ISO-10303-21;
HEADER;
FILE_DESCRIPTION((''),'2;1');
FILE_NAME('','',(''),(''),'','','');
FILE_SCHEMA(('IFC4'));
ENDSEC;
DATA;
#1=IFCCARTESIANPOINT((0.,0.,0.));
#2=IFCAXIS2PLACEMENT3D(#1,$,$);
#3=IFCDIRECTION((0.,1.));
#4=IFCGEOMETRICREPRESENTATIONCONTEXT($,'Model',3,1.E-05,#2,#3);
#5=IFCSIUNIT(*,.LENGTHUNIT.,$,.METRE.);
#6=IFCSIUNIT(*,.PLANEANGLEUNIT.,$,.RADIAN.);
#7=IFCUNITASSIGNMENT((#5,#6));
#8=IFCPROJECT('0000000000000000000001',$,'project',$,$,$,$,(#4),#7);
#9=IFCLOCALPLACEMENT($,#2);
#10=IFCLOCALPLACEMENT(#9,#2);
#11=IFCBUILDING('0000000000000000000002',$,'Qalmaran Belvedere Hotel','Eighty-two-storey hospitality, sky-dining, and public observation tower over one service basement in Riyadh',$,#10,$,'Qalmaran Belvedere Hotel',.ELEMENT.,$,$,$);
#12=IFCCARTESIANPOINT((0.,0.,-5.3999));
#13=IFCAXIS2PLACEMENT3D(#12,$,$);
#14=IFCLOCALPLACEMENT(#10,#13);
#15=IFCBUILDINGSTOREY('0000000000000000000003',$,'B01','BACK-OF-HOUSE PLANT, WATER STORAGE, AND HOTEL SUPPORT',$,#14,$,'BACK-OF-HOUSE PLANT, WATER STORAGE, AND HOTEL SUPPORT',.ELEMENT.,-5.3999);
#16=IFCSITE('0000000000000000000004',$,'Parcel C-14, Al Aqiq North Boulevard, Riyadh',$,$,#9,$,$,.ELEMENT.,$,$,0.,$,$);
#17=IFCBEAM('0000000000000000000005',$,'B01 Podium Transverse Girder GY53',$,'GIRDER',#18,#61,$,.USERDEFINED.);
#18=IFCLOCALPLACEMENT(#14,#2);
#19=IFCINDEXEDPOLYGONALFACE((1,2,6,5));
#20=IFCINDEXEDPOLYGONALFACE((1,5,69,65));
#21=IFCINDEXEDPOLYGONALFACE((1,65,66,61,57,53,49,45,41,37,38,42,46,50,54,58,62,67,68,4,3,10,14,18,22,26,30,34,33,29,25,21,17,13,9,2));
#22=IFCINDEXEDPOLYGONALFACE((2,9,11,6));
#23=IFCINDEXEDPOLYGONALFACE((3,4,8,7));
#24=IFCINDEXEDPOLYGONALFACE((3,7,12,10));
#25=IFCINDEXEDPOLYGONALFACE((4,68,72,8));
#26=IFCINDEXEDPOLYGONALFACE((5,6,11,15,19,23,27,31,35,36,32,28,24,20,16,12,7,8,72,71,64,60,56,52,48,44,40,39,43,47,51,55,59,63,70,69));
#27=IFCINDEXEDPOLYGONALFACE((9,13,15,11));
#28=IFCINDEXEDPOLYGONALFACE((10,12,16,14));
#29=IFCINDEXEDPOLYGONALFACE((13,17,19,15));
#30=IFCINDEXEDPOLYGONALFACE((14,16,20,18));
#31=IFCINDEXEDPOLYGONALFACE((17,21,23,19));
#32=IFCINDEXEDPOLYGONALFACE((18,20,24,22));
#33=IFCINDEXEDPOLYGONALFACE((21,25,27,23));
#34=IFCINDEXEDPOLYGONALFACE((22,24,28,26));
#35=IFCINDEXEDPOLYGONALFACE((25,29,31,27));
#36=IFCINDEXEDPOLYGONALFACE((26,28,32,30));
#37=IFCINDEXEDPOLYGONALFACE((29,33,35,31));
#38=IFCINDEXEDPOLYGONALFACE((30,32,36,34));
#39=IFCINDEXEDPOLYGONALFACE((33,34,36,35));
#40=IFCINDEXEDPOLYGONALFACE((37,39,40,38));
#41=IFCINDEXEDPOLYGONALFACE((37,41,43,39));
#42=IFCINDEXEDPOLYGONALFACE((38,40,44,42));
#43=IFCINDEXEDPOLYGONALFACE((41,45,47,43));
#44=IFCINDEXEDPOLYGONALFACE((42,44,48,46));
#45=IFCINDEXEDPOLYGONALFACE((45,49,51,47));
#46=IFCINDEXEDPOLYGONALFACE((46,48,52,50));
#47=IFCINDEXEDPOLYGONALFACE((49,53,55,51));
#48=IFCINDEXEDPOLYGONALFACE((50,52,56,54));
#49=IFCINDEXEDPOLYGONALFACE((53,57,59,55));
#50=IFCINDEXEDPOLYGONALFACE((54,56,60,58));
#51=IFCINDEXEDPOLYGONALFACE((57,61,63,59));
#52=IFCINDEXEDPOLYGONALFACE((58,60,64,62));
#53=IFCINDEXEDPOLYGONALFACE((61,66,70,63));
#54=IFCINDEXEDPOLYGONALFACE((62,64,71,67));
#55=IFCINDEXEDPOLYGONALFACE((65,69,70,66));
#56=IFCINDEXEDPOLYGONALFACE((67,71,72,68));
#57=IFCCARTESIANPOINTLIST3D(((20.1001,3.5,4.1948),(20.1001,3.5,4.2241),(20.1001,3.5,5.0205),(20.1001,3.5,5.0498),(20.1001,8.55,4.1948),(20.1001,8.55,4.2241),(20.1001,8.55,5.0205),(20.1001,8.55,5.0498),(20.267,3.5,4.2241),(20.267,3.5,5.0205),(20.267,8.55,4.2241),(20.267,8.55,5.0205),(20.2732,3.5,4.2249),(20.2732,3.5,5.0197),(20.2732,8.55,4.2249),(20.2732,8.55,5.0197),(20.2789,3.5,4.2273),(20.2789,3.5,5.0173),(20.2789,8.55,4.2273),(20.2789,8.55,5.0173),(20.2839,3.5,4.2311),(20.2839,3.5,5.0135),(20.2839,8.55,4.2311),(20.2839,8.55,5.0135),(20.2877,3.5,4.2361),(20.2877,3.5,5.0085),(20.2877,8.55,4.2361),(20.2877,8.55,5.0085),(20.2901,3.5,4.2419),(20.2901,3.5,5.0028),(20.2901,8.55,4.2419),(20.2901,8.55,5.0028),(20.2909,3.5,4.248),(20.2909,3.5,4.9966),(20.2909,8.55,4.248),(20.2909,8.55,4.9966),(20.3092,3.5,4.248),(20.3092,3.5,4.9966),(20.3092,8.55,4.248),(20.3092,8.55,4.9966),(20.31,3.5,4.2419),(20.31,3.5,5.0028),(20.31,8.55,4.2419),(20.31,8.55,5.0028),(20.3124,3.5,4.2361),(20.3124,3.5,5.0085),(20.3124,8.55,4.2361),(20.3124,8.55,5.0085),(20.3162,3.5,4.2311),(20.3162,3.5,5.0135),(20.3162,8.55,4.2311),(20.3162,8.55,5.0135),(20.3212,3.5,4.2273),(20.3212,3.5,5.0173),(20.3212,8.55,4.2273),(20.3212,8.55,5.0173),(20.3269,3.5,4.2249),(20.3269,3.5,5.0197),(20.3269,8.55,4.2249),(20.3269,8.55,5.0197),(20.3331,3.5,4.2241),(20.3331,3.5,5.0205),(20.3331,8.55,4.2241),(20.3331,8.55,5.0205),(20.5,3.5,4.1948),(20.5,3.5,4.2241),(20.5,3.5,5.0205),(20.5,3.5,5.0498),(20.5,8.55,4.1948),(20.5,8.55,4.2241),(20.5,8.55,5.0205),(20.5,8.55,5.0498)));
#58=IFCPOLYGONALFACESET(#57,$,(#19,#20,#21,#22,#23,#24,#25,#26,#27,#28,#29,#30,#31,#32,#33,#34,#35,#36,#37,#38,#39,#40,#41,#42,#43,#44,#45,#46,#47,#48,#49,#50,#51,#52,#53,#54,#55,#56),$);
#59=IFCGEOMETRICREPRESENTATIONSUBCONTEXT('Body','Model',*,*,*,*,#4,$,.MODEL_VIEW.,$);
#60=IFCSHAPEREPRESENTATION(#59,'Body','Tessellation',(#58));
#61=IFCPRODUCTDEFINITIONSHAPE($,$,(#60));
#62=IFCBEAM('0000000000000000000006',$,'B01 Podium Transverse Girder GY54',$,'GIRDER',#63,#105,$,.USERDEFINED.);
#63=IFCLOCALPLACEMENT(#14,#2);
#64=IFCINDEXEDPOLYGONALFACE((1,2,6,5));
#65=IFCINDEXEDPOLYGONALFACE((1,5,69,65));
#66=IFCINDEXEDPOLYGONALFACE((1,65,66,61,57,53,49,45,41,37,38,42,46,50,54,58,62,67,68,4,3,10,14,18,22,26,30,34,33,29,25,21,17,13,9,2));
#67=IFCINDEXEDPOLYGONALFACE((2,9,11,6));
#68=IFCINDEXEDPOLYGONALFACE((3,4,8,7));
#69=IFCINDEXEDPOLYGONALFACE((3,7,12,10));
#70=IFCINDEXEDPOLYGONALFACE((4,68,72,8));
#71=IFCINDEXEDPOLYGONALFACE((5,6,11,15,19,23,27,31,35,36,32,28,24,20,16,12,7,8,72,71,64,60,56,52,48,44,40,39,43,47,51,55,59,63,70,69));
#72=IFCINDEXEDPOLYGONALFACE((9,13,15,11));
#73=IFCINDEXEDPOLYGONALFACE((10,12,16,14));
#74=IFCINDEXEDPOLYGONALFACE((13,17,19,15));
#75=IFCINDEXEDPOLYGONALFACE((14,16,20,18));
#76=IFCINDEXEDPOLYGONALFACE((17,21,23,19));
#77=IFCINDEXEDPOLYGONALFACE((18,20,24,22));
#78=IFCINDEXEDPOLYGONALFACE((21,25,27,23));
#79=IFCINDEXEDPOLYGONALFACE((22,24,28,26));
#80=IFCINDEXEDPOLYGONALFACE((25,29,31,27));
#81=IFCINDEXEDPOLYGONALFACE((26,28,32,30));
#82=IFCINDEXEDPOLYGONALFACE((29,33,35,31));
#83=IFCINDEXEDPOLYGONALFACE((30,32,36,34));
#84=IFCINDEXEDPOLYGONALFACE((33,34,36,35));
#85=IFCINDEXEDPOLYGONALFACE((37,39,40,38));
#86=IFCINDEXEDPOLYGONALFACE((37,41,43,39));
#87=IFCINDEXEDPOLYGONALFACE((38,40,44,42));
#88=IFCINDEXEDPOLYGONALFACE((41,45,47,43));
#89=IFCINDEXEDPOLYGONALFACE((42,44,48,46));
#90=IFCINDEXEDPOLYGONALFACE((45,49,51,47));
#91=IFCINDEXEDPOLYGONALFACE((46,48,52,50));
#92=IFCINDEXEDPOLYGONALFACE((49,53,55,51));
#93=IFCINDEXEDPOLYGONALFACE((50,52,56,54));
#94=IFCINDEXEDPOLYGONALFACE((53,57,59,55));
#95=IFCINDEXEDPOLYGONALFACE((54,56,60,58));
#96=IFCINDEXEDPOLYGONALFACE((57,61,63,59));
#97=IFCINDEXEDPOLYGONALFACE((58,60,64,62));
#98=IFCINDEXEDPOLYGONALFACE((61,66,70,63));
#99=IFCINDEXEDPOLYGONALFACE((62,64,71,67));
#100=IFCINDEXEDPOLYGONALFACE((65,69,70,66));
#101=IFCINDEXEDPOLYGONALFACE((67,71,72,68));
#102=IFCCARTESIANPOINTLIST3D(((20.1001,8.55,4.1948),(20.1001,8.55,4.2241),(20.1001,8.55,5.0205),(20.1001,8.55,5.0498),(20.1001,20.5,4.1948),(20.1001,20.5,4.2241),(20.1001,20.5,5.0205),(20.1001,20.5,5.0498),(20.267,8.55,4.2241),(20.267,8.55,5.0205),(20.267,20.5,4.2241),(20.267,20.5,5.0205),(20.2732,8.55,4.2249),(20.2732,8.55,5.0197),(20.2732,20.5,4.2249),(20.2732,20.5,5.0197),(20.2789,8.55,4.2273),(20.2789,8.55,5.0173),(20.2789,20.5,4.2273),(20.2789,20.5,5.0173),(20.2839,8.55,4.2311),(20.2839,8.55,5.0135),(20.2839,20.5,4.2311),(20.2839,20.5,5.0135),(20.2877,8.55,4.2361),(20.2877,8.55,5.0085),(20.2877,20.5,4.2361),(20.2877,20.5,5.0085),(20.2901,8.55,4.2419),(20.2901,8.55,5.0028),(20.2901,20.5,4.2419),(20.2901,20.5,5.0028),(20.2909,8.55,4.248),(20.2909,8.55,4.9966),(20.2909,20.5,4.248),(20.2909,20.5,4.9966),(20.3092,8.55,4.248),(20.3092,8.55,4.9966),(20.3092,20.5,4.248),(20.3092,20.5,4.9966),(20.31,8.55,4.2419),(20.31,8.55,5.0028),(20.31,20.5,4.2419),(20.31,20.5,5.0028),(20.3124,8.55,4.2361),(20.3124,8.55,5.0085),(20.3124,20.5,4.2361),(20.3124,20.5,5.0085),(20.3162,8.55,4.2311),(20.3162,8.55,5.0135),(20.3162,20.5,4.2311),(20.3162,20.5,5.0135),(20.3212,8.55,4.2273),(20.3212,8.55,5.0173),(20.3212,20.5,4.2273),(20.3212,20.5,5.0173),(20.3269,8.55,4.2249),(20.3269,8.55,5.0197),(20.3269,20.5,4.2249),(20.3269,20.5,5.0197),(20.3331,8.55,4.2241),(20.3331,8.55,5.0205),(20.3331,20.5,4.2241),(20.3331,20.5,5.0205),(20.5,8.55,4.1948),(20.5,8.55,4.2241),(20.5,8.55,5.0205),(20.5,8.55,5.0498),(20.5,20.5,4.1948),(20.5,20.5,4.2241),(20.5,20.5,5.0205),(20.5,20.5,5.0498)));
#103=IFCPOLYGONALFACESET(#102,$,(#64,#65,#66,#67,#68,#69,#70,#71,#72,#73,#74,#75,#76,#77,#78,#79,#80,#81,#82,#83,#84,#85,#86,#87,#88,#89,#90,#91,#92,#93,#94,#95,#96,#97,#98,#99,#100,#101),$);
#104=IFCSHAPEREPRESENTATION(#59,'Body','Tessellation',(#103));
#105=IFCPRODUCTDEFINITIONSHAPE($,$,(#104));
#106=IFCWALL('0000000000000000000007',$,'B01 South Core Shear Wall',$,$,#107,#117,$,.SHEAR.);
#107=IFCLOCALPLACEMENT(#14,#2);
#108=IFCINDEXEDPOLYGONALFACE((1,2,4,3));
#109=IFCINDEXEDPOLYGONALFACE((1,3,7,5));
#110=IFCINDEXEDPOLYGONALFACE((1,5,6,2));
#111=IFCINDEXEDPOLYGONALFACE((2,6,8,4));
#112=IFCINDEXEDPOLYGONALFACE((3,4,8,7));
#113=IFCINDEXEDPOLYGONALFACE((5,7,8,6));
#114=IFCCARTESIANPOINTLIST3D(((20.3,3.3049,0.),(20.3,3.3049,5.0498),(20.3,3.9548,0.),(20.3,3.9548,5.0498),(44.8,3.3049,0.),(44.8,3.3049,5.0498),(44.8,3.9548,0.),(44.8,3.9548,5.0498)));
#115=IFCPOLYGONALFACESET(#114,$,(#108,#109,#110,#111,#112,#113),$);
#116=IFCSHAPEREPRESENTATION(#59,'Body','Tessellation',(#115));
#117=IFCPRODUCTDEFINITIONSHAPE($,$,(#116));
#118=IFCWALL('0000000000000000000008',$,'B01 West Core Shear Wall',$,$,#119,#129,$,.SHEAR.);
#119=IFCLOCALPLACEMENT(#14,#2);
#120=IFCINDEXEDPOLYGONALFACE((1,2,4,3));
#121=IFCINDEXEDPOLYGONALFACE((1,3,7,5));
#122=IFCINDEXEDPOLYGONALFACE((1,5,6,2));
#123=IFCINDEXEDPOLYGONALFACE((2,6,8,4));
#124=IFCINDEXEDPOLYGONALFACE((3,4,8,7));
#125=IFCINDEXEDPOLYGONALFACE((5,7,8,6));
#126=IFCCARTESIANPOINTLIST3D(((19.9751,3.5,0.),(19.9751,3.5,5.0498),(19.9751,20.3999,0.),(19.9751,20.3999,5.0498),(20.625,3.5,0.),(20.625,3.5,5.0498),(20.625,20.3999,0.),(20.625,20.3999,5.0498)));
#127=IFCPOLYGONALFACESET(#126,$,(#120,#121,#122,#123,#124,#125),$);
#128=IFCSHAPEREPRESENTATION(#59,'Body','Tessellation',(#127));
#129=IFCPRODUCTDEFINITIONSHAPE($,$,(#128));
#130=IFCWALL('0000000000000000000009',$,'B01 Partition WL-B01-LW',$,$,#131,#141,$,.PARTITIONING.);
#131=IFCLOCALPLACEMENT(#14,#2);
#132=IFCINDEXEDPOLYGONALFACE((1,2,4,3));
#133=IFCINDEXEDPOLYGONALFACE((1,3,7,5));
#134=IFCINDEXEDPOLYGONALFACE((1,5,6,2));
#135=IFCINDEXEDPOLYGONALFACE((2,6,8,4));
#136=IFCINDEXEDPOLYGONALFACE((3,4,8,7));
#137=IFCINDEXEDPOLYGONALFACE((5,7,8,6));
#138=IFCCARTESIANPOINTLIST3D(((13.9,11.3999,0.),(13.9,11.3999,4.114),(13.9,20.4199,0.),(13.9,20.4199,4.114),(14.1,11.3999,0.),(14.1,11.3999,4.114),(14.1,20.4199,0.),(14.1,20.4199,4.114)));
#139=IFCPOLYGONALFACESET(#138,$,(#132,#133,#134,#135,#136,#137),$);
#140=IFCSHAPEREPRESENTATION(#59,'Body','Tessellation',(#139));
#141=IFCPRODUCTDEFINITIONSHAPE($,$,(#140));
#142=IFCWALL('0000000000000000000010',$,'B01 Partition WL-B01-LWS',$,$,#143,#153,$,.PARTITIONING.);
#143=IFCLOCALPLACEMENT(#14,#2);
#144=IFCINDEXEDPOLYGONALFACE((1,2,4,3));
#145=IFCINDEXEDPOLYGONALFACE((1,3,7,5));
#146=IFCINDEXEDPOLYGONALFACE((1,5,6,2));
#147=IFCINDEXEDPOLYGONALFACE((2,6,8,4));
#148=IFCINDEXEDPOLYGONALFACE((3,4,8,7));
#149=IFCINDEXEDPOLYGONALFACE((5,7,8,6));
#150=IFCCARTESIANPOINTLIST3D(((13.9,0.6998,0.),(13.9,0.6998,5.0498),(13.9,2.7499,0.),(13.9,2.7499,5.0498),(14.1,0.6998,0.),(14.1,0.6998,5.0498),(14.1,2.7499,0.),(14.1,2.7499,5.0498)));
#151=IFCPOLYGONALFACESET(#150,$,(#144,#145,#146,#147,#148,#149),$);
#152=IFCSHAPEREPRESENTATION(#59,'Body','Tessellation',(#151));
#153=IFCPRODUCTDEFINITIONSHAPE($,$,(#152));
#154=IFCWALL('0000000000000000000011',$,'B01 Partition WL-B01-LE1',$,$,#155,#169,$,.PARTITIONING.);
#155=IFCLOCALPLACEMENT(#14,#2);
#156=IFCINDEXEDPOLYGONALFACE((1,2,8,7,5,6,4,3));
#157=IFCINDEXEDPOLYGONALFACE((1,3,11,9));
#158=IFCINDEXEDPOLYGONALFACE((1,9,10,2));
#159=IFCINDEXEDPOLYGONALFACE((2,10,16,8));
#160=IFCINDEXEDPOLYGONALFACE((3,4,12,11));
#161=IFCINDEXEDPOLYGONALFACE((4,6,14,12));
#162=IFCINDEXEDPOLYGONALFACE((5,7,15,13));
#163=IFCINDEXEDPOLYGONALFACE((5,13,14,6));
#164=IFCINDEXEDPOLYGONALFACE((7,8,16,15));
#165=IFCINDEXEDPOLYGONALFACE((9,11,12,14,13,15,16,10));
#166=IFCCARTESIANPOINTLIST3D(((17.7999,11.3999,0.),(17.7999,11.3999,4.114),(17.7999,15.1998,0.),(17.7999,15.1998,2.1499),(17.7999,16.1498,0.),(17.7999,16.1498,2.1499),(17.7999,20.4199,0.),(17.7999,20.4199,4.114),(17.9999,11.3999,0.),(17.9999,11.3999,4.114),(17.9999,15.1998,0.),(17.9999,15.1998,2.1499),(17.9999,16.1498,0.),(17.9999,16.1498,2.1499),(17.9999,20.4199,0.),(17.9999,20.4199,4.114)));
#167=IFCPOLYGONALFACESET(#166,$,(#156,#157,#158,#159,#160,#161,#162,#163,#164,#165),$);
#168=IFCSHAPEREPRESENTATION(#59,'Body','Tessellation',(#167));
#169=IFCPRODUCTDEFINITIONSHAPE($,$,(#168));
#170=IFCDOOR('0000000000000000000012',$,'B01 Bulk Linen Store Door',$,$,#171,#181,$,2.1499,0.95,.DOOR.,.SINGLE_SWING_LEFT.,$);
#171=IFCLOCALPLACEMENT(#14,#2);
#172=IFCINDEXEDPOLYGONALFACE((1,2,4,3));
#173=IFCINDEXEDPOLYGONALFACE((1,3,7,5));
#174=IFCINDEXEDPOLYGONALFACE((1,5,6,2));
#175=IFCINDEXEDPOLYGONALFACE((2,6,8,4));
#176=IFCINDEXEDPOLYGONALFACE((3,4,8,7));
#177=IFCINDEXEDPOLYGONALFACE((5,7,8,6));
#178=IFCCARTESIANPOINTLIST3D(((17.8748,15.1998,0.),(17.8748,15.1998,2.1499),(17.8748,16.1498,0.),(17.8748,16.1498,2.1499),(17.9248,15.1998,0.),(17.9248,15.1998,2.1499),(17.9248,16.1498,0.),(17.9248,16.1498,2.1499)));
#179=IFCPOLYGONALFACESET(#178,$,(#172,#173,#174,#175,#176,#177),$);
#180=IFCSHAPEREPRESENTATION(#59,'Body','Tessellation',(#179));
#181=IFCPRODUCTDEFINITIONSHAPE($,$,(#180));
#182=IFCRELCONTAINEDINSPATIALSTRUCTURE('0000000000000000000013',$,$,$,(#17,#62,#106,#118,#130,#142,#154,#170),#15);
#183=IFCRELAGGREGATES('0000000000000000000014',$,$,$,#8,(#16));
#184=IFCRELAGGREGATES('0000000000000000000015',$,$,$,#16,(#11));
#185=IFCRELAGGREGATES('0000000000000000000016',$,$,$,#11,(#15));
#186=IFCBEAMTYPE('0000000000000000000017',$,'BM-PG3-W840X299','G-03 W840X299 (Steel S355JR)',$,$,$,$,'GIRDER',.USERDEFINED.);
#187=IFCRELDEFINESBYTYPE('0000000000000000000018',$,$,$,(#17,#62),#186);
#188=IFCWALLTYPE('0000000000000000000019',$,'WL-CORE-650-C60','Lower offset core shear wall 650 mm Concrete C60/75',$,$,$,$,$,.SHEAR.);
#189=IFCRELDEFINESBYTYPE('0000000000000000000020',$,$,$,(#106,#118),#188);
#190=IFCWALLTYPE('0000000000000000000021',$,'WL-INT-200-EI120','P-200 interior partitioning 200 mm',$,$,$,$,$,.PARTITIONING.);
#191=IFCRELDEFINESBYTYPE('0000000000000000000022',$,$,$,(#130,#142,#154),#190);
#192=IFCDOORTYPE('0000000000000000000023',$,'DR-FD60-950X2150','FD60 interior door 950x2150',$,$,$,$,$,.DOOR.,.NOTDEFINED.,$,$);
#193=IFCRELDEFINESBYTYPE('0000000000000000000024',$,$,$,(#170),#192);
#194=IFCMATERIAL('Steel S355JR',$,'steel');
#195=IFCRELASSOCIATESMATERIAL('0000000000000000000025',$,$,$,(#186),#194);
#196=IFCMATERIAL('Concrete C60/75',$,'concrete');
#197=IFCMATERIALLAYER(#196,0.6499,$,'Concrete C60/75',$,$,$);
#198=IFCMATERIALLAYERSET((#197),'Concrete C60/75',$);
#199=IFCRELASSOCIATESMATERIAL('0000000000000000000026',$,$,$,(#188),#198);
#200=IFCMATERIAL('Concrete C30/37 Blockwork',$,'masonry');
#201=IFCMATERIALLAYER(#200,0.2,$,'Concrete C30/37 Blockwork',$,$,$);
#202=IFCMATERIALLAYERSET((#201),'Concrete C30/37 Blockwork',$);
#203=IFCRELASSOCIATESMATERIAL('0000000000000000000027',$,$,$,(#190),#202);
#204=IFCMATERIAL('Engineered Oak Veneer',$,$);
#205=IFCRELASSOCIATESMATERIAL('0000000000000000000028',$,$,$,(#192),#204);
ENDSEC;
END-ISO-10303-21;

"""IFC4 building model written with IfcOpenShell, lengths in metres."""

from ifc_helpers import new_model, si_unit, direction, frame, frame_2d, origin, origin_2d, place, context, subcontext, project, spatial, rectangle, i_section, extrude, material, layer, layer_set, material_profile, profile_set, type_object, element, fill, save


model = new_model("IFC4")

# Units and contexts
model_context = context("Model", 3, precision=1e-05, world=origin(), true_north=direction((0.0, 1.0)))
body_context = subcontext(model_context, "Body", "Model", "MODEL_VIEW")
ifc_project = project(units=[si_unit("LENGTHUNIT", "METRE"), si_unit("PLANEANGLEUNIT", "RADIAN")], contexts=[model_context])

# Site, building, storey
site_placement = place(None, origin())
site = spatial("IfcSite", under=ifc_project, at=site_placement, Name="Parcel C-14, Al Aqiq North Boulevard, Riyadh", CompositionType="ELEMENT", RefElevation=0.0)
building_placement = place(site_placement, origin())
building = spatial("IfcBuilding", under=site, at=building_placement, Name="Qalmaran Belvedere Hotel", Description="Eighty-two-storey hospitality, sky-dining, and public observation tower over one service basement in Riyadh", LongName="Qalmaran Belvedere Hotel", CompositionType="ELEMENT")
storey_placement = place(building_placement, frame((0.0, 0.0, -5.3999)))
storey = spatial("IfcBuildingStorey", under=building, at=storey_placement, Name="B01", Description="BACK-OF-HOUSE PLANT, WATER STORAGE, AND HOTEL SUPPORT", LongName="BACK-OF-HOUSE PLANT, WATER STORAGE, AND HOTEL SUPPORT", CompositionType="ELEMENT", Elevation=-5.3999)

# Shared definitions
ifc_material_1 = material(Name="Concrete C60/75", Category="concrete")

# Beams
ifc_material_2 = material(Name="Steel S355JR", Category="steel")
ifc_material_profile_1 = material_profile(ifc_material_2, i_section(OverallWidth=0.3999, OverallDepth=0.855, WebThickness=0.0183, FlangeThickness=0.0293, FilletRadius=0.0239, at=origin_2d()), Name="W840X299")
ifc_profile_set_1 = profile_set([ifc_material_profile_1], Name="Steel S355JR")
beam_type_1 = type_object("IfcBeamType", Name="BM-PG3-W840X299", Description="G-03 W840X299 (Steel S355JR)", ElementType="GIRDER", PredefinedType="USERDEFINED", material=ifc_profile_set_1)
beam_1_placement = place(storey_placement, frame((20.3, 3.5, 4.6223), z_axis=(0.0, 1.0, 0.0), x_axis=(-1.0, 0.0, 0.0)))
element("IfcBeam", 1, at=beam_1_placement, inside=storey, type_object=beam_type_1, Name="B01 Podium Transverse Girder GY53", ObjectType="GIRDER", PredefinedType="USERDEFINED", context=body_context, shape_type="SweptSolid", body=[
    extrude(i_section(OverallWidth=0.3999, OverallDepth=0.855, WebThickness=0.0183, FlangeThickness=0.0293, FilletRadius=0.0239, at=origin_2d()), origin(), (0.0, 0.0, 1.0), 5.05),
])
beam_2_placement = place(storey_placement, frame((20.3, 8.55, 4.6223), z_axis=(0.0, 1.0, 0.0), x_axis=(-1.0, 0.0, 0.0)))
element("IfcBeam", 2, at=beam_2_placement, inside=storey, type_object=beam_type_1, Name="B01 Podium Transverse Girder GY54", ObjectType="GIRDER", PredefinedType="USERDEFINED", context=body_context, shape_type="SweptSolid", body=[
    extrude(i_section(OverallWidth=0.3999, OverallDepth=0.855, WebThickness=0.0183, FlangeThickness=0.0293, FilletRadius=0.0239, at=origin_2d()), origin(), (0.0, 0.0, 1.0), 11.95),
])

# Walls
ifc_layer_1 = layer(ifc_material_1, 0.6499, Name="Concrete C60/75")
ifc_layer_set_1 = layer_set([ifc_layer_1], Name="Concrete C60/75")
wall_type_1 = type_object("IfcWallType", Name="WL-CORE-650-C60", Description="Lower offset core shear wall 650 mm Concrete C60/75", PredefinedType="SHEAR", material=ifc_layer_set_1)
wall_1_placement = place(storey_placement, frame((20.3, 3.6299, 0.0), z_axis=(0.0, 0.0, 1.0), x_axis=(1.0, 0.0, 0.0)))
element("IfcWall", 3, at=wall_1_placement, inside=storey, type_object=wall_type_1, Name="B01 South Core Shear Wall", PredefinedType="SHEAR", context=body_context, shape_type="SweptSolid", body=[
    extrude(rectangle(XDim=24.5, YDim=0.6499, at=frame_2d((12.25, 0.0))), origin(), (0.0, 0.0, 1.0), 5.0498),
])
wall_2_placement = place(storey_placement, frame((20.3, 3.5, 0.0), z_axis=(0.0, 0.0, 1.0), x_axis=(0.0, 1.0, 0.0)))
element("IfcWall", 4, at=wall_2_placement, inside=storey, type_object=wall_type_1, Name="B01 West Core Shear Wall", PredefinedType="SHEAR", context=body_context, shape_type="SweptSolid", body=[
    extrude(rectangle(XDim=16.8999, YDim=0.6499, at=frame_2d((8.45, 0.0))), origin(), (0.0, 0.0, 1.0), 5.0498),
])
ifc_material_3 = material(Name="Concrete C30/37 Blockwork", Category="masonry")
ifc_layer_2 = layer(ifc_material_3, 0.2, Name="Concrete C30/37 Blockwork")
ifc_layer_set_2 = layer_set([ifc_layer_2], Name="Concrete C30/37 Blockwork")
wall_type_2 = type_object("IfcWallType", Name="WL-INT-200-EI120", Description="P-200 interior partitioning 200 mm", PredefinedType="PARTITIONING", material=ifc_layer_set_2)
wall_3_placement = place(storey_placement, frame((14.0, 11.3999, 0.0), z_axis=(0.0, 0.0, 1.0), x_axis=(0.0, 1.0, 0.0)))
element("IfcWall", 5, at=wall_3_placement, inside=storey, type_object=wall_type_2, Name="B01 Partition WL-B01-LW", PredefinedType="PARTITIONING", context=body_context, shape_type="SweptSolid", body=[
    extrude(rectangle(XDim=9.02, YDim=0.2, at=frame_2d((4.51, 0.0))), origin(), (0.0, 0.0, 1.0), 4.114),
])
wall_4_placement = place(storey_placement, frame((14.0, 0.7, 0.0), z_axis=(0.0, 0.0, 1.0), x_axis=(0.0, 1.0, 0.0)))
element("IfcWall", 6, at=wall_4_placement, inside=storey, type_object=wall_type_2, Name="B01 Partition WL-B01-LWS", PredefinedType="PARTITIONING", context=body_context, shape_type="SweptSolid", body=[
    extrude(rectangle(XDim=2.05, YDim=0.2, at=frame_2d((1.0249, 0.0))), origin(), (0.0, 0.0, 1.0), 5.0498),
])

# Wall, opening, door
wall_5_placement = place(storey_placement, frame((17.8999, 11.3999, 0.0), z_axis=(0.0, 0.0, 1.0), x_axis=(0.0, 1.0, 0.0)))
wall_5 = element("IfcWall", 7, at=wall_5_placement, inside=storey, type_object=wall_type_2, Name="B01 Partition WL-B01-LE1", PredefinedType="PARTITIONING", context=body_context, shape_type="SweptSolid", body=[
    extrude(rectangle(XDim=9.02, YDim=0.2, at=frame_2d((4.51, 0.0))), origin(), (0.0, 0.0, 1.0), 4.114),
])
opening_1_placement = place(wall_5_placement, frame((4.75, 0.0, 0.0), z_axis=(0.0, 0.0, 1.0), x_axis=(-1.0, 0.0, 0.0)))
opening_1 = element("IfcOpeningElement", 8, at=opening_1_placement, cuts=wall_5, PredefinedType="OPENING", context=body_context, shape_type="SweptSolid", body=[
    extrude(rectangle(XDim=0.95, YDim=2.1499, at=frame_2d((0.4751, 1.075))), frame((0.0, 0.1099, 0.0), z_axis=(0.0, -1.0, 0.0), x_axis=(1.0, 0.0, 0.0)), (0.0, 0.0, 1.0), 0.22),
])
ifc_material_4 = material(Name="Engineered Oak Veneer")
door_type_1 = type_object("IfcDoorType", Name="DR-FD60-950X2150", Description="FD60 interior door 950x2150", OperationType="NOTDEFINED", PredefinedType="DOOR", material=ifc_material_4)
door_1_placement = place(opening_1_placement, origin())
door_1 = element("IfcDoor", 9, at=door_1_placement, inside=storey, type_object=door_type_1, Name="B01 Bulk Linen Store Door", OperationType="SINGLE_SWING_LEFT", OverallHeight=2.1499, OverallWidth=0.95, PredefinedType="DOOR", context=body_context, shape_type="SweptSolid", body=[
    extrude(rectangle(XDim=0.95, YDim=2.1499, at=frame_2d((0.4751, 1.075))), frame((0.0, 0.0249, 0.0), z_axis=(0.0, -1.0, 0.0), x_axis=(1.0, 0.0, 0.0)), (0.0, 0.0, 1.0), 0.05),
])
fill(opening_1, door_1)

save(model, "model.ifc")
